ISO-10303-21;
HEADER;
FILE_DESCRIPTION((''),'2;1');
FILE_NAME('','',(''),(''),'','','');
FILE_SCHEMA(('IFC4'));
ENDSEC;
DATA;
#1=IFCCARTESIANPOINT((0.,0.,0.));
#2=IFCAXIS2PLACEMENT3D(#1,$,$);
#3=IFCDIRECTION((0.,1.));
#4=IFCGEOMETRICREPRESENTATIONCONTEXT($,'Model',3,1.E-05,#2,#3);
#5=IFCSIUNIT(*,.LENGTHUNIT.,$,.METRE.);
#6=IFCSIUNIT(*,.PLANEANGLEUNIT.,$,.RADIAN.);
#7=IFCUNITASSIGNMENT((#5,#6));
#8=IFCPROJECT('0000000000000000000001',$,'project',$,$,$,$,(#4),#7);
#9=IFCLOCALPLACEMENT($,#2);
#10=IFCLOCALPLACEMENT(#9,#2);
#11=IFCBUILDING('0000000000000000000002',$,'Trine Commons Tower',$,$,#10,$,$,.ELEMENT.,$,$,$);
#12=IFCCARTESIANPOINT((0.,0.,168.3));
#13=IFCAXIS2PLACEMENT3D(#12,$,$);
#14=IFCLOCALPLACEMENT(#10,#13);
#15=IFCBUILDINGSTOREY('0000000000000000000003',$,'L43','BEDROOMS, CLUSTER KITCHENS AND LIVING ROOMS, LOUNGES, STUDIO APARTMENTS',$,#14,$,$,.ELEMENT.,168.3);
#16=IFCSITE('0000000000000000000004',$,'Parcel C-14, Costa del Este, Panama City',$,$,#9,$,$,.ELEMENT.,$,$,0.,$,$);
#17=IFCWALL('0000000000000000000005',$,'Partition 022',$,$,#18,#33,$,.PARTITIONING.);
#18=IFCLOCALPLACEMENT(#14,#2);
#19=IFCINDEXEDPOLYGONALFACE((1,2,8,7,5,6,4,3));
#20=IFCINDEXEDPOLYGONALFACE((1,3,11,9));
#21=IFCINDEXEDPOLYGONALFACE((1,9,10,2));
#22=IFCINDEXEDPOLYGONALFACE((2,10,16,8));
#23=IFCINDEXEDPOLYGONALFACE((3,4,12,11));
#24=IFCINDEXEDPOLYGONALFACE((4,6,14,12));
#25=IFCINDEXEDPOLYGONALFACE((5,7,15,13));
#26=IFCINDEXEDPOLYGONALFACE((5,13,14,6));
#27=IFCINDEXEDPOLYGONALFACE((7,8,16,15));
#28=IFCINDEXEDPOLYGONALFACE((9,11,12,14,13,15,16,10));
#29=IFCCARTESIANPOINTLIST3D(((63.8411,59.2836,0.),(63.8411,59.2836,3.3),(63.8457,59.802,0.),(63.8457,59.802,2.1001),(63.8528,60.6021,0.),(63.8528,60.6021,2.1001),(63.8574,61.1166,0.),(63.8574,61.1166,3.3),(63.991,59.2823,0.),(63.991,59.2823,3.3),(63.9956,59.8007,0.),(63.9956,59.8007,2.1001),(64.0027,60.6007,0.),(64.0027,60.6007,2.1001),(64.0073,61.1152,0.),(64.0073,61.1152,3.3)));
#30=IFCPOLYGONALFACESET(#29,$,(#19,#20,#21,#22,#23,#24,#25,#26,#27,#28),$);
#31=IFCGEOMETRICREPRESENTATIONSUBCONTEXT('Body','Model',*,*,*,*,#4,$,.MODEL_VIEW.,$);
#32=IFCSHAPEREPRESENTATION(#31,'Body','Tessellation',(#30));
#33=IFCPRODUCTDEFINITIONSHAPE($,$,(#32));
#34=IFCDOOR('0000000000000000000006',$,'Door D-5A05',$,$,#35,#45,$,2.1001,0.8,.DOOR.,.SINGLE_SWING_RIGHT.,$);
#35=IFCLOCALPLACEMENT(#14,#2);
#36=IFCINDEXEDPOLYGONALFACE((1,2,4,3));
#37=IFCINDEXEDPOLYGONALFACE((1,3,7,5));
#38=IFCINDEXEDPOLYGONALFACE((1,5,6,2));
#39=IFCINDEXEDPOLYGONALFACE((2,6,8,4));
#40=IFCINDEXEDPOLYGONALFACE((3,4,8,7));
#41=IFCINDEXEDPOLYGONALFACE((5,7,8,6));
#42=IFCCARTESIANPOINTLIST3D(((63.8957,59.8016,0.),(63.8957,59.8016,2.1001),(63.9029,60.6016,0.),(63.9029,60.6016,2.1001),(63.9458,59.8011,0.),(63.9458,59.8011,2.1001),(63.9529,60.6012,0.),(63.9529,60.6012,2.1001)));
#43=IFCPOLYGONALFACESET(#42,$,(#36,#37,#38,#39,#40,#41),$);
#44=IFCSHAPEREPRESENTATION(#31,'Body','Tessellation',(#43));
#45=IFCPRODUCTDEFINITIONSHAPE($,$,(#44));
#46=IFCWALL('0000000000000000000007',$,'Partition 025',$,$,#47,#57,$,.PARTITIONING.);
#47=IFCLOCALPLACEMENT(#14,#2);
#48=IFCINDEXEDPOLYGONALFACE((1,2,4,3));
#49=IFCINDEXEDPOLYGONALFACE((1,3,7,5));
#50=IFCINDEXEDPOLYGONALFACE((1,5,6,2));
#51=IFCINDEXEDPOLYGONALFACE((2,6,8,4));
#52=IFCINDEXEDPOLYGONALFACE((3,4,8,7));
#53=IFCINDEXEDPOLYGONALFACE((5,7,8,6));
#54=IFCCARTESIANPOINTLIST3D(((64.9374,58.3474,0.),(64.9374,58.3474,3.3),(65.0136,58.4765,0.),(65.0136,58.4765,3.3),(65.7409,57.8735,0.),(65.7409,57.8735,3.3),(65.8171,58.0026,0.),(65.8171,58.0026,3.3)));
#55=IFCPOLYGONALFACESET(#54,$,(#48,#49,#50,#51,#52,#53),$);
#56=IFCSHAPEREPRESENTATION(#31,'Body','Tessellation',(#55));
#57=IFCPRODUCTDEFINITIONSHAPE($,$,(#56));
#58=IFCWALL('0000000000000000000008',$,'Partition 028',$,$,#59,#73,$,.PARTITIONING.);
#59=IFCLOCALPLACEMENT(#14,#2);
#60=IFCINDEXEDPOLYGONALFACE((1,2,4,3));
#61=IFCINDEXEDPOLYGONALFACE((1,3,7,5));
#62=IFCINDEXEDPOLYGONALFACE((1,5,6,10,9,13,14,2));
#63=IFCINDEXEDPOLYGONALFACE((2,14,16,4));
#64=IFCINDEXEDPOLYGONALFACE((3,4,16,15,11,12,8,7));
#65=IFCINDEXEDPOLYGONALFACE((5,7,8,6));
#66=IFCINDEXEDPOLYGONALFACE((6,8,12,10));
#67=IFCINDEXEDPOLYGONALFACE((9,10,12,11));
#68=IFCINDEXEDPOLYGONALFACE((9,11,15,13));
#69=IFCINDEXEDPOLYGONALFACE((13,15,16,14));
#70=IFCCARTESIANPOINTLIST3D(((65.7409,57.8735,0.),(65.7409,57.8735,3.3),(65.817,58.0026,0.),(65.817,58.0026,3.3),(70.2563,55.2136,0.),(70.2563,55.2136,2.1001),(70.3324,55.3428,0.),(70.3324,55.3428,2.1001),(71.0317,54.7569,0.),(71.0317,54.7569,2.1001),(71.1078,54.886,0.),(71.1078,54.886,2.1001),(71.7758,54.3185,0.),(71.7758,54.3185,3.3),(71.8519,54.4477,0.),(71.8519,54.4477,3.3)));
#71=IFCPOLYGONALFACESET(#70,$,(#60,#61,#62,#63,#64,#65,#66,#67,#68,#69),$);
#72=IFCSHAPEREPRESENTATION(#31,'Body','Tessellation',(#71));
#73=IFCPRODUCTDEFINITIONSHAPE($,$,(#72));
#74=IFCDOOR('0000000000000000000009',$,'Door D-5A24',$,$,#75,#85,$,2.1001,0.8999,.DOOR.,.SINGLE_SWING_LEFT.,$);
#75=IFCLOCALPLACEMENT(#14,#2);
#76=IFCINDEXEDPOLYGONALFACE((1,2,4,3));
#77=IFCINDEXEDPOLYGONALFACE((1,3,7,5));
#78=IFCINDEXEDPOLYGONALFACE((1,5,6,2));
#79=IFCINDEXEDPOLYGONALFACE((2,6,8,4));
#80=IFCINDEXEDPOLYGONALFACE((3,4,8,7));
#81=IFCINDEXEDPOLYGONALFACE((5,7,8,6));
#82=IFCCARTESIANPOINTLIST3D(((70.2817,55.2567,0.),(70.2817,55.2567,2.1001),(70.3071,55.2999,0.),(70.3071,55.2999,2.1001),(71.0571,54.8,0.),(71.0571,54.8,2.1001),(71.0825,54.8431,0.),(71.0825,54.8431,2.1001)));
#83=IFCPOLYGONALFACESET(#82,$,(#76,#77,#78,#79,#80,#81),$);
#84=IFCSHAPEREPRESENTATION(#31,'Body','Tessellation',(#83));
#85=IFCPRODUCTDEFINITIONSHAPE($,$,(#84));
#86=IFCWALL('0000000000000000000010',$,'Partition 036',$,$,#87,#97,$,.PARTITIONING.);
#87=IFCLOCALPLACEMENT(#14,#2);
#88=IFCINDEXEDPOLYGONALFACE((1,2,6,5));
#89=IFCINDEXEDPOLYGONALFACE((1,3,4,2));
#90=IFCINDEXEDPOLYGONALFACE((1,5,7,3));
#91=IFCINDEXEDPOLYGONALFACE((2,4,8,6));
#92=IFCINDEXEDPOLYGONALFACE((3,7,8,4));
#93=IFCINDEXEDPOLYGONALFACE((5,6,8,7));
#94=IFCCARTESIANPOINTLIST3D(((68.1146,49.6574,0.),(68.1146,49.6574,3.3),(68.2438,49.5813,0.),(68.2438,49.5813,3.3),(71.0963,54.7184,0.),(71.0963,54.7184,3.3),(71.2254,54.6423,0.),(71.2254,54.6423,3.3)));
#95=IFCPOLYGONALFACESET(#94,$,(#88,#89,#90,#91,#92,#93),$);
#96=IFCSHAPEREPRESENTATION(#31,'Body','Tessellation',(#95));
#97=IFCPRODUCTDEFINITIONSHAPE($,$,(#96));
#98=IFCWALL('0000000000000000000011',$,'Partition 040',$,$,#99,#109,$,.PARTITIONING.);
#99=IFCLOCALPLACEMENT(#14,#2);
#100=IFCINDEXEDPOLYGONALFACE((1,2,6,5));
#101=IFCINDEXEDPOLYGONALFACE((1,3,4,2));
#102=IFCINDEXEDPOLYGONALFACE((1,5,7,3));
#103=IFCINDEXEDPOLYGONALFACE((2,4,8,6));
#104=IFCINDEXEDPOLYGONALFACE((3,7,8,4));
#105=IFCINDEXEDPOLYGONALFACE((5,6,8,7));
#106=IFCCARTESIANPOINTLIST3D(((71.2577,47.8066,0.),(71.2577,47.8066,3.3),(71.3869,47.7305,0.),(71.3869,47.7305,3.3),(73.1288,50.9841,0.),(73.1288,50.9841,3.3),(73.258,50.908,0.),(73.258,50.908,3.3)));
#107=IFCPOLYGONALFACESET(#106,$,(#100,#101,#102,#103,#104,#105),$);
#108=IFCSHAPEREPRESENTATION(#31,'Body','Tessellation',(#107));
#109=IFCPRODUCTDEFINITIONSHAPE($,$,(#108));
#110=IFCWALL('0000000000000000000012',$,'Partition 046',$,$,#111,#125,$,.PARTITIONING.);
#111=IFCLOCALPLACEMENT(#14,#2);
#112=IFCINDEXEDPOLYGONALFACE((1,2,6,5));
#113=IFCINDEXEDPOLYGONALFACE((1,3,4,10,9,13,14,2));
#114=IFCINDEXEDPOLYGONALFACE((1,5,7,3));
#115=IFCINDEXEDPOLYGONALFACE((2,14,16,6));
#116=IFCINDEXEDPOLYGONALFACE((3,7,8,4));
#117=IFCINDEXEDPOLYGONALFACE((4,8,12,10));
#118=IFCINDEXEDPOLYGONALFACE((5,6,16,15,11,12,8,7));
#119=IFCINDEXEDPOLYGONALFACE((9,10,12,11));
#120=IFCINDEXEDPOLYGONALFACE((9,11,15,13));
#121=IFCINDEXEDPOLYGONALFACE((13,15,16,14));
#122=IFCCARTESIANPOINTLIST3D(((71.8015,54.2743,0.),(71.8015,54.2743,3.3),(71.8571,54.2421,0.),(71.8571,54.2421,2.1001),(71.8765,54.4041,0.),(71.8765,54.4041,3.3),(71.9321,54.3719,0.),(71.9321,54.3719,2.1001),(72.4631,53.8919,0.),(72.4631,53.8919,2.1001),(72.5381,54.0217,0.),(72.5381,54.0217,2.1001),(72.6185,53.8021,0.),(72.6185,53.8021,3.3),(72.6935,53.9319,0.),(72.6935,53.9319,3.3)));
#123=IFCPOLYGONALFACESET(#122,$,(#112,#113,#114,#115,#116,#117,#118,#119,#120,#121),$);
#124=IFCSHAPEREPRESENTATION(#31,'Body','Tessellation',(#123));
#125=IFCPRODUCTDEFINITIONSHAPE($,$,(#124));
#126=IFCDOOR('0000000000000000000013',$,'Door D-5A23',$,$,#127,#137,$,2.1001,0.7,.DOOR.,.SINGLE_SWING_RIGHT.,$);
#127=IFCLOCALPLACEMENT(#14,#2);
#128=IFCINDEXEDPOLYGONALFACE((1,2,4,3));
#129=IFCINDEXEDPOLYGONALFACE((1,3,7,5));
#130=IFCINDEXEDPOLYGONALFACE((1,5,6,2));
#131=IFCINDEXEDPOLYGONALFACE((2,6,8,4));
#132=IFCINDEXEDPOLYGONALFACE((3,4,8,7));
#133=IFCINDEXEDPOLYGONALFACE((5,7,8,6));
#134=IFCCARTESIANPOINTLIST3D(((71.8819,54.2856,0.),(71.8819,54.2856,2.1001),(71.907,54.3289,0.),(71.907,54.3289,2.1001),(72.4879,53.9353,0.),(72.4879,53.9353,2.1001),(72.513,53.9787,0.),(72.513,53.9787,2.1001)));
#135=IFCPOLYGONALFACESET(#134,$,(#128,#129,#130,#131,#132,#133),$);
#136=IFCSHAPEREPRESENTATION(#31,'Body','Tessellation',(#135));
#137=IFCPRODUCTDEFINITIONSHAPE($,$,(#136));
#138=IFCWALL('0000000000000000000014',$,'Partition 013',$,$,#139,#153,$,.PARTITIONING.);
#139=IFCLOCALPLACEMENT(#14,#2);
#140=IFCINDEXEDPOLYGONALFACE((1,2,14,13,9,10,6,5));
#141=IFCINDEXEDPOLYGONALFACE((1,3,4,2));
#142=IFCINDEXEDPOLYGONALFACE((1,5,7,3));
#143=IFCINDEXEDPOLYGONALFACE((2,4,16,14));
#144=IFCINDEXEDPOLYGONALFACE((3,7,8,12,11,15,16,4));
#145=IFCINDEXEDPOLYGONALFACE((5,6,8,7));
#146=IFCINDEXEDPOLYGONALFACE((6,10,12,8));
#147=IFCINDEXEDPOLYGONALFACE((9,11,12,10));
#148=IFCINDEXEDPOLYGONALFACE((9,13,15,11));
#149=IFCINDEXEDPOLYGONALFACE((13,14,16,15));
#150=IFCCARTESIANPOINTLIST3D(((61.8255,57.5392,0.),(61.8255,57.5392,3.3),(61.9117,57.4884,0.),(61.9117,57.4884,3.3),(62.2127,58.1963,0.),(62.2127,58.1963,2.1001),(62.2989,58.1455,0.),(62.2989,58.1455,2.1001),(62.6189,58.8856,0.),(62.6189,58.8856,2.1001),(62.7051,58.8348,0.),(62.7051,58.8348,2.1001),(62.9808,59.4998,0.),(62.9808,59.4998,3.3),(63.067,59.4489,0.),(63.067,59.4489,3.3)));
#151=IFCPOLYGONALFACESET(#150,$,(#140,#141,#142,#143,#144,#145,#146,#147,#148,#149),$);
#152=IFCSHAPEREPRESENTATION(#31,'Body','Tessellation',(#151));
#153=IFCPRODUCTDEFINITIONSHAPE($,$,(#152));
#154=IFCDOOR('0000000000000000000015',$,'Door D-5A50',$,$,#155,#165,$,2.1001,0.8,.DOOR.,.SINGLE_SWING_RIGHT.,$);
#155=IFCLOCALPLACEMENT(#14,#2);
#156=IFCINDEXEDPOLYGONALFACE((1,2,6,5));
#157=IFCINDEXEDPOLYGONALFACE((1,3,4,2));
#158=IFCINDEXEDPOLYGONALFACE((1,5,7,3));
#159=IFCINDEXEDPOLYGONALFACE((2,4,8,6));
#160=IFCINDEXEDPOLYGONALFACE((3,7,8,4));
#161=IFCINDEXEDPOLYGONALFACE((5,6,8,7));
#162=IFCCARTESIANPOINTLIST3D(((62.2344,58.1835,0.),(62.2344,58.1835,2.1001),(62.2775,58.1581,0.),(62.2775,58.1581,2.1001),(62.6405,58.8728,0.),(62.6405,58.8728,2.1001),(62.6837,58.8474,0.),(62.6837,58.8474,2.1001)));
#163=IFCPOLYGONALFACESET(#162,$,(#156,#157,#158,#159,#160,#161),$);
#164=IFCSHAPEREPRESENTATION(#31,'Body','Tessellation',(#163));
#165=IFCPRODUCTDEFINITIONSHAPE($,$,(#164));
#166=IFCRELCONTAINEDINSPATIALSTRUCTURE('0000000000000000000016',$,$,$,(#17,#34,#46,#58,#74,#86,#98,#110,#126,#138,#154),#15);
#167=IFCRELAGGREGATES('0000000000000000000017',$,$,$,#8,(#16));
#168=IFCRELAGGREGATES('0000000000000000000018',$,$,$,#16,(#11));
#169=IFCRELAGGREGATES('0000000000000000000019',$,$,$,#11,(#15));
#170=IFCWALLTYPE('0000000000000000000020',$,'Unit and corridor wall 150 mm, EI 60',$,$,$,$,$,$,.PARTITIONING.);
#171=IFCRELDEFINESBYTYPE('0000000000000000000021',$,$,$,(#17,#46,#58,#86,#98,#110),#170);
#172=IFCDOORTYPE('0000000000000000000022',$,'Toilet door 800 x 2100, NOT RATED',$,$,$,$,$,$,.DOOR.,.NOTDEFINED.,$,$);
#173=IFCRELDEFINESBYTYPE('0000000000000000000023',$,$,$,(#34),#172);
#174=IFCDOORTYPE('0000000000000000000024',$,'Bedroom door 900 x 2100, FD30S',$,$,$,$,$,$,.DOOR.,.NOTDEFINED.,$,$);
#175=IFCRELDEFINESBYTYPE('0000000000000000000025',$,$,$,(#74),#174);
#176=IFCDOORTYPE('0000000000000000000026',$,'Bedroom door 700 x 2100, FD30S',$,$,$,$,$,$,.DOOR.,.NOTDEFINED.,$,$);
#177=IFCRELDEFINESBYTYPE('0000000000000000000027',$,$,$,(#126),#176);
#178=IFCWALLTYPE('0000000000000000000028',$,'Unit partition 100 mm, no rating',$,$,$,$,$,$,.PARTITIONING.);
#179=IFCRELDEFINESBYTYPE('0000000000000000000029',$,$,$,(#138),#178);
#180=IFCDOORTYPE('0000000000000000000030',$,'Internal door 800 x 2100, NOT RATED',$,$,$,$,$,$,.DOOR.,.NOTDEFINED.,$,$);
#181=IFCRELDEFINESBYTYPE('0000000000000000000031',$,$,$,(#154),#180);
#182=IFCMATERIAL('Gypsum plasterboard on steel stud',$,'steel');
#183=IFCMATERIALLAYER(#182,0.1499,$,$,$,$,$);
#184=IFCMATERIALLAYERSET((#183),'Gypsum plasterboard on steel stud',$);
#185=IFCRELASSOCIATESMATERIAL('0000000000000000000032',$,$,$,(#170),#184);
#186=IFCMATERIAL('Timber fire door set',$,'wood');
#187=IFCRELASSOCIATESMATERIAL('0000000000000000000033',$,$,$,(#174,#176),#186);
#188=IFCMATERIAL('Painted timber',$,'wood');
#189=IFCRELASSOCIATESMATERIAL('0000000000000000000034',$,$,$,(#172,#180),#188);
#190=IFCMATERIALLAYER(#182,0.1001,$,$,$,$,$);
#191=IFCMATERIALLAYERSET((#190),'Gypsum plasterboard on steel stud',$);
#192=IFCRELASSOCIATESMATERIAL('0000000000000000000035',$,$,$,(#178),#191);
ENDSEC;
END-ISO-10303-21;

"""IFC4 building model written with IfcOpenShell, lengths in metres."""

from ifc_helpers import new_model, si_unit, direction, frame, frame_2d, origin, place, context, subcontext, project, spatial, rectangle, extrude, material, layer, layer_set, type_object, element, fill, save


model = new_model("IFC4")

# Units and contexts
model_context = context("Model", 3, precision=1e-05, world=origin(), true_north=direction((0.0, 1.0)))
body_context = subcontext(model_context, "Body", "Model", "MODEL_VIEW")
ifc_project = project(units=[si_unit("LENGTHUNIT", "METRE"), si_unit("PLANEANGLEUNIT", "RADIAN")], contexts=[model_context])

# Site, building, storey
site_placement = place(None, origin())
site = spatial("IfcSite", under=ifc_project, at=site_placement, Name="Parcel C-14, Costa del Este, Panama City", CompositionType="ELEMENT", RefElevation=0.0)
building_placement = place(site_placement, origin())
building = spatial("IfcBuilding", under=site, at=building_placement, Name="Trine Commons Tower", CompositionType="ELEMENT")
storey_placement = place(building_placement, frame((0.0, 0.0, 168.3)))
storey = spatial("IfcBuildingStorey", under=building, at=storey_placement, Name="L43", Description="BEDROOMS, CLUSTER KITCHENS AND LIVING ROOMS, LOUNGES, STUDIO APARTMENTS", CompositionType="ELEMENT", Elevation=168.3)

# Shared definitions
ifc_material_1 = material(Name="Gypsum plasterboard on steel stud", Category="steel")
ifc_layer_1 = layer(ifc_material_1, 0.1499)
ifc_layer_set_1 = layer_set([ifc_layer_1], Name="Gypsum plasterboard on steel stud")
wall_type_1 = type_object("IfcWallType", Name="Unit and corridor wall 150 mm, EI 60", PredefinedType="PARTITIONING", material=ifc_layer_set_1)
ifc_material_2 = material(Name="Timber fire door set", Category="wood")
door_type_1 = type_object("IfcDoorType", Name="Bedroom door 900 x 2100, FD30S", OperationType="NOTDEFINED", PredefinedType="DOOR", material=ifc_material_2)

# Wall, opening, door
wall_1_placement = place(storey_placement, frame((63.916, 59.283, 0.0), z_axis=(0.0, 0.0, 1.0), x_axis=(0.008923, 0.99996, 0.0)))
wall_1 = element("IfcWall", 1, at=wall_1_placement, inside=storey, type_object=wall_type_1, Name="Partition 022", PredefinedType="PARTITIONING", context=body_context, shape_type="SweptSolid", body=[
    extrude(rectangle(XDim=1.833, YDim=0.1499, at=frame_2d((0.9165, 0.0))), origin(), (0.0, 0.0, 1.0), 3.3),
])
opening_1_placement = place(wall_1_placement, frame((0.5186, 0.0, 0.0)))
opening_1 = element("IfcOpeningElement", 2, at=opening_1_placement, cuts=wall_1, PredefinedType="OPENING", context=body_context, shape_type="SweptSolid", body=[
    extrude(rectangle(XDim=0.8, YDim=2.1001, at=frame_2d((0.3999, 1.05))), frame((0.0, 0.085, 0.0), z_axis=(0.0, -1.0, 0.0), x_axis=(1.0, 0.0, 0.0)), (0.0, 0.0, 1.0), 0.1699),
])
ifc_material_3 = material(Name="Painted timber", Category="wood")
door_type_2 = type_object("IfcDoorType", Name="Toilet door 800 x 2100, NOT RATED", OperationType="NOTDEFINED", PredefinedType="DOOR", material=ifc_material_3)
door_1_placement = place(opening_1_placement, origin())
door_1 = element("IfcDoor", 3, at=door_1_placement, inside=storey, type_object=door_type_2, Name="Door D-5A05", OperationType="SINGLE_SWING_RIGHT", OverallHeight=2.1001, OverallWidth=0.8, PredefinedType="DOOR", context=body_context, shape_type="SweptSolid", body=[
    extrude(rectangle(XDim=0.8, YDim=2.1001, at=frame_2d((0.3999, 1.05))), frame((0.0, 0.0249, 0.0), z_axis=(0.0, -1.0, 0.0), x_axis=(1.0, 0.0, 0.0)), (0.0, 0.0, 1.0), 0.05),
])
fill(opening_1, door_1)

# Wall
wall_2_placement = place(storey_placement, frame((64.9756, 58.4119, 0.0), z_axis=(0.0, 0.0, 1.0), x_axis=(0.861348, -0.508015, 0.0)))
element("IfcWall", 4, at=wall_2_placement, inside=storey, type_object=wall_type_1, Name="Partition 025", PredefinedType="PARTITIONING", context=body_context, shape_type="SweptSolid", body=[
    extrude(rectangle(XDim=0.9329, YDim=0.1499, at=frame_2d((0.4663, 0.0))), origin(), (0.0, 0.0, 1.0), 3.3),
])

# Wall, opening, door
wall_3_placement = place(storey_placement, frame((65.7791, 57.938, 0.0), z_axis=(0.0, 0.0, 1.0), x_axis=(0.861623, -0.507549, 0.0)))
wall_3 = element("IfcWall", 5, at=wall_3_placement, inside=storey, type_object=wall_type_1, Name="Partition 028", PredefinedType="PARTITIONING", context=body_context, shape_type="SweptSolid", body=[
    extrude(rectangle(XDim=7.0042, YDim=0.1499, at=frame_2d((3.502, 0.0))), origin(), (0.0, 0.0, 1.0), 3.3),
])
opening_2_placement = place(wall_3_placement, frame((5.2405, 0.0, 0.0)))
opening_2 = element("IfcOpeningElement", 6, at=opening_2_placement, cuts=wall_3, PredefinedType="OPENING", context=body_context, shape_type="SweptSolid", body=[
    extrude(rectangle(XDim=0.8999, YDim=2.1001, at=frame_2d((0.45, 1.05))), frame((0.0, 0.085, 0.0), z_axis=(0.0, -1.0, 0.0), x_axis=(1.0, 0.0, 0.0)), (0.0, 0.0, 1.0), 0.1699),
])
door_2_placement = place(opening_2_placement, frame((0.8999, 0.0, 0.0), z_axis=(0.0, 0.0, 1.0), x_axis=(-1.0, 0.0, 0.0)))
door_2 = element("IfcDoor", 7, at=door_2_placement, inside=storey, type_object=door_type_1, Name="Door D-5A24", OperationType="SINGLE_SWING_LEFT", OverallHeight=2.1001, OverallWidth=0.8999, PredefinedType="DOOR", context=body_context, shape_type="SweptSolid", body=[
    extrude(rectangle(XDim=0.8999, YDim=2.1001, at=frame_2d((0.45, 1.05))), frame((0.0, 0.0249, 0.0), z_axis=(0.0, -1.0, 0.0), x_axis=(1.0, 0.0, 0.0)), (0.0, 0.0, 1.0), 0.05),
])
fill(opening_2, door_2)

# Walls
wall_4_placement = place(storey_placement, frame((68.1792, 49.6194, 0.0), z_axis=(0.0, 0.0, 1.0), x_axis=(0.507603, 0.861591, 0.0)))
element("IfcWall", 8, at=wall_4_placement, inside=storey, type_object=wall_type_1, Name="Partition 036", PredefinedType="PARTITIONING", context=body_context, shape_type="SweptSolid", body=[
    extrude(rectangle(XDim=5.874, YDim=0.1499, at=frame_2d((2.937, 0.0))), origin(), (0.0, 0.0, 1.0), 3.3),
])
wall_5_placement = place(storey_placement, frame((71.3223, 47.7686, 0.0), z_axis=(0.0, 0.0, 1.0), x_axis=(0.507419, 0.861699, 0.0)))
element("IfcWall", 9, at=wall_5_placement, inside=storey, type_object=wall_type_1, Name="Partition 040", PredefinedType="PARTITIONING", context=body_context, shape_type="SweptSolid", body=[
    extrude(rectangle(XDim=3.6875, YDim=0.1499, at=frame_2d((1.8438, 0.0))), origin(), (0.0, 0.0, 1.0), 3.3),
])

# Walls, openings, doors
wall_6_placement = place(storey_placement, frame((71.8391, 54.3391, 0.0), z_axis=(0.0, 0.0, 1.0), x_axis=(0.86578, -0.500424, 0.0)))
wall_6 = element("IfcWall", 10, at=wall_6_placement, inside=storey, type_object=wall_type_1, Name="Partition 046", PredefinedType="PARTITIONING", context=body_context, shape_type="SweptSolid", body=[
    extrude(rectangle(XDim=0.9436, YDim=0.1499, at=frame_2d((0.4717, 0.0))), origin(), (0.0, 0.0, 1.0), 3.3),
])
opening_3_placement = place(wall_6_placement, frame((0.064, 0.0, 0.0)))
opening_3 = element("IfcOpeningElement", 11, at=opening_3_placement, cuts=wall_6, PredefinedType="OPENING", context=body_context, shape_type="SweptSolid", body=[
    extrude(rectangle(XDim=0.7, YDim=2.1001, at=frame_2d((0.3501, 1.05))), frame((0.0, 0.085, 0.0), z_axis=(0.0, -1.0, 0.0), x_axis=(1.0, 0.0, 0.0)), (0.0, 0.0, 1.0), 0.1699),
])
door_type_3 = type_object("IfcDoorType", Name="Bedroom door 700 x 2100, FD30S", OperationType="NOTDEFINED", PredefinedType="DOOR", material=ifc_material_2)
door_3_placement = place(opening_3_placement, frame((0.7, 0.0, 0.0), z_axis=(0.0, 0.0, 1.0), x_axis=(-1.0, 0.0, 0.0)))
door_3 = element("IfcDoor", 12, at=door_3_placement, inside=storey, type_object=door_type_3, Name="Door D-5A23", OperationType="SINGLE_SWING_RIGHT", OverallHeight=2.1001, OverallWidth=0.7, PredefinedType="DOOR", context=body_context, shape_type="SweptSolid", body=[
    extrude(rectangle(XDim=0.7, YDim=2.1001, at=frame_2d((0.3501, 1.05))), frame((0.0, 0.0249, 0.0), z_axis=(0.0, -1.0, 0.0), x_axis=(1.0, 0.0, 0.0)), (0.0, 0.0, 1.0), 0.05),
])
fill(opening_3, door_3)
ifc_layer_2 = layer(ifc_material_1, 0.1001)
ifc_layer_set_2 = layer_set([ifc_layer_2], Name="Gypsum plasterboard on steel stud")
wall_type_2 = type_object("IfcWallType", Name="Unit partition 100 mm, no rating", PredefinedType="PARTITIONING", material=ifc_layer_set_2)
wall_7_placement = place(storey_placement, frame((61.8687, 57.5139, 0.0), z_axis=(0.0, 0.0, 1.0), x_axis=(0.507695, 0.861537, 0.0)))
wall_7 = element("IfcWall", 13, at=wall_7_placement, inside=storey, type_object=wall_type_2, Name="Partition 013", PredefinedType="PARTITIONING", context=body_context, shape_type="SweptSolid", body=[
    extrude(rectangle(XDim=2.2756, YDim=0.1001, at=frame_2d((1.1377, 0.0))), origin(), (0.0, 0.0, 1.0), 3.3),
])
opening_4_placement = place(wall_7_placement, frame((0.7627, 0.0, 0.0)))
opening_4 = element("IfcOpeningElement", 14, at=opening_4_placement, cuts=wall_7, PredefinedType="OPENING", context=body_context, shape_type="SweptSolid", body=[
    extrude(rectangle(XDim=0.8, YDim=2.1001, at=frame_2d((0.3999, 1.05))), frame((0.0, 0.0601, 0.0), z_axis=(0.0, -1.0, 0.0), x_axis=(1.0, 0.0, 0.0)), (0.0, 0.0, 1.0), 0.1201),
])
door_type_4 = type_object("IfcDoorType", Name="Internal door 800 x 2100, NOT RATED", OperationType="NOTDEFINED", PredefinedType="DOOR", material=ifc_material_3)
door_4_placement = place(opening_4_placement, origin())
door_4 = element("IfcDoor", 15, at=door_4_placement, inside=storey, type_object=door_type_4, Name="Door D-5A50", OperationType="SINGLE_SWING_RIGHT", OverallHeight=2.1001, OverallWidth=0.8, PredefinedType="DOOR", context=body_context, shape_type="SweptSolid", body=[
    extrude(rectangle(XDim=0.8, YDim=2.1001, at=frame_2d((0.3999, 1.05))), frame((0.0, 0.0249, 0.0), z_axis=(0.0, -1.0, 0.0), x_axis=(1.0, 0.0, 0.0)), (0.0, 0.0, 1.0), 0.05),
])
fill(opening_4, door_4)

save(model, "model.ifc")
